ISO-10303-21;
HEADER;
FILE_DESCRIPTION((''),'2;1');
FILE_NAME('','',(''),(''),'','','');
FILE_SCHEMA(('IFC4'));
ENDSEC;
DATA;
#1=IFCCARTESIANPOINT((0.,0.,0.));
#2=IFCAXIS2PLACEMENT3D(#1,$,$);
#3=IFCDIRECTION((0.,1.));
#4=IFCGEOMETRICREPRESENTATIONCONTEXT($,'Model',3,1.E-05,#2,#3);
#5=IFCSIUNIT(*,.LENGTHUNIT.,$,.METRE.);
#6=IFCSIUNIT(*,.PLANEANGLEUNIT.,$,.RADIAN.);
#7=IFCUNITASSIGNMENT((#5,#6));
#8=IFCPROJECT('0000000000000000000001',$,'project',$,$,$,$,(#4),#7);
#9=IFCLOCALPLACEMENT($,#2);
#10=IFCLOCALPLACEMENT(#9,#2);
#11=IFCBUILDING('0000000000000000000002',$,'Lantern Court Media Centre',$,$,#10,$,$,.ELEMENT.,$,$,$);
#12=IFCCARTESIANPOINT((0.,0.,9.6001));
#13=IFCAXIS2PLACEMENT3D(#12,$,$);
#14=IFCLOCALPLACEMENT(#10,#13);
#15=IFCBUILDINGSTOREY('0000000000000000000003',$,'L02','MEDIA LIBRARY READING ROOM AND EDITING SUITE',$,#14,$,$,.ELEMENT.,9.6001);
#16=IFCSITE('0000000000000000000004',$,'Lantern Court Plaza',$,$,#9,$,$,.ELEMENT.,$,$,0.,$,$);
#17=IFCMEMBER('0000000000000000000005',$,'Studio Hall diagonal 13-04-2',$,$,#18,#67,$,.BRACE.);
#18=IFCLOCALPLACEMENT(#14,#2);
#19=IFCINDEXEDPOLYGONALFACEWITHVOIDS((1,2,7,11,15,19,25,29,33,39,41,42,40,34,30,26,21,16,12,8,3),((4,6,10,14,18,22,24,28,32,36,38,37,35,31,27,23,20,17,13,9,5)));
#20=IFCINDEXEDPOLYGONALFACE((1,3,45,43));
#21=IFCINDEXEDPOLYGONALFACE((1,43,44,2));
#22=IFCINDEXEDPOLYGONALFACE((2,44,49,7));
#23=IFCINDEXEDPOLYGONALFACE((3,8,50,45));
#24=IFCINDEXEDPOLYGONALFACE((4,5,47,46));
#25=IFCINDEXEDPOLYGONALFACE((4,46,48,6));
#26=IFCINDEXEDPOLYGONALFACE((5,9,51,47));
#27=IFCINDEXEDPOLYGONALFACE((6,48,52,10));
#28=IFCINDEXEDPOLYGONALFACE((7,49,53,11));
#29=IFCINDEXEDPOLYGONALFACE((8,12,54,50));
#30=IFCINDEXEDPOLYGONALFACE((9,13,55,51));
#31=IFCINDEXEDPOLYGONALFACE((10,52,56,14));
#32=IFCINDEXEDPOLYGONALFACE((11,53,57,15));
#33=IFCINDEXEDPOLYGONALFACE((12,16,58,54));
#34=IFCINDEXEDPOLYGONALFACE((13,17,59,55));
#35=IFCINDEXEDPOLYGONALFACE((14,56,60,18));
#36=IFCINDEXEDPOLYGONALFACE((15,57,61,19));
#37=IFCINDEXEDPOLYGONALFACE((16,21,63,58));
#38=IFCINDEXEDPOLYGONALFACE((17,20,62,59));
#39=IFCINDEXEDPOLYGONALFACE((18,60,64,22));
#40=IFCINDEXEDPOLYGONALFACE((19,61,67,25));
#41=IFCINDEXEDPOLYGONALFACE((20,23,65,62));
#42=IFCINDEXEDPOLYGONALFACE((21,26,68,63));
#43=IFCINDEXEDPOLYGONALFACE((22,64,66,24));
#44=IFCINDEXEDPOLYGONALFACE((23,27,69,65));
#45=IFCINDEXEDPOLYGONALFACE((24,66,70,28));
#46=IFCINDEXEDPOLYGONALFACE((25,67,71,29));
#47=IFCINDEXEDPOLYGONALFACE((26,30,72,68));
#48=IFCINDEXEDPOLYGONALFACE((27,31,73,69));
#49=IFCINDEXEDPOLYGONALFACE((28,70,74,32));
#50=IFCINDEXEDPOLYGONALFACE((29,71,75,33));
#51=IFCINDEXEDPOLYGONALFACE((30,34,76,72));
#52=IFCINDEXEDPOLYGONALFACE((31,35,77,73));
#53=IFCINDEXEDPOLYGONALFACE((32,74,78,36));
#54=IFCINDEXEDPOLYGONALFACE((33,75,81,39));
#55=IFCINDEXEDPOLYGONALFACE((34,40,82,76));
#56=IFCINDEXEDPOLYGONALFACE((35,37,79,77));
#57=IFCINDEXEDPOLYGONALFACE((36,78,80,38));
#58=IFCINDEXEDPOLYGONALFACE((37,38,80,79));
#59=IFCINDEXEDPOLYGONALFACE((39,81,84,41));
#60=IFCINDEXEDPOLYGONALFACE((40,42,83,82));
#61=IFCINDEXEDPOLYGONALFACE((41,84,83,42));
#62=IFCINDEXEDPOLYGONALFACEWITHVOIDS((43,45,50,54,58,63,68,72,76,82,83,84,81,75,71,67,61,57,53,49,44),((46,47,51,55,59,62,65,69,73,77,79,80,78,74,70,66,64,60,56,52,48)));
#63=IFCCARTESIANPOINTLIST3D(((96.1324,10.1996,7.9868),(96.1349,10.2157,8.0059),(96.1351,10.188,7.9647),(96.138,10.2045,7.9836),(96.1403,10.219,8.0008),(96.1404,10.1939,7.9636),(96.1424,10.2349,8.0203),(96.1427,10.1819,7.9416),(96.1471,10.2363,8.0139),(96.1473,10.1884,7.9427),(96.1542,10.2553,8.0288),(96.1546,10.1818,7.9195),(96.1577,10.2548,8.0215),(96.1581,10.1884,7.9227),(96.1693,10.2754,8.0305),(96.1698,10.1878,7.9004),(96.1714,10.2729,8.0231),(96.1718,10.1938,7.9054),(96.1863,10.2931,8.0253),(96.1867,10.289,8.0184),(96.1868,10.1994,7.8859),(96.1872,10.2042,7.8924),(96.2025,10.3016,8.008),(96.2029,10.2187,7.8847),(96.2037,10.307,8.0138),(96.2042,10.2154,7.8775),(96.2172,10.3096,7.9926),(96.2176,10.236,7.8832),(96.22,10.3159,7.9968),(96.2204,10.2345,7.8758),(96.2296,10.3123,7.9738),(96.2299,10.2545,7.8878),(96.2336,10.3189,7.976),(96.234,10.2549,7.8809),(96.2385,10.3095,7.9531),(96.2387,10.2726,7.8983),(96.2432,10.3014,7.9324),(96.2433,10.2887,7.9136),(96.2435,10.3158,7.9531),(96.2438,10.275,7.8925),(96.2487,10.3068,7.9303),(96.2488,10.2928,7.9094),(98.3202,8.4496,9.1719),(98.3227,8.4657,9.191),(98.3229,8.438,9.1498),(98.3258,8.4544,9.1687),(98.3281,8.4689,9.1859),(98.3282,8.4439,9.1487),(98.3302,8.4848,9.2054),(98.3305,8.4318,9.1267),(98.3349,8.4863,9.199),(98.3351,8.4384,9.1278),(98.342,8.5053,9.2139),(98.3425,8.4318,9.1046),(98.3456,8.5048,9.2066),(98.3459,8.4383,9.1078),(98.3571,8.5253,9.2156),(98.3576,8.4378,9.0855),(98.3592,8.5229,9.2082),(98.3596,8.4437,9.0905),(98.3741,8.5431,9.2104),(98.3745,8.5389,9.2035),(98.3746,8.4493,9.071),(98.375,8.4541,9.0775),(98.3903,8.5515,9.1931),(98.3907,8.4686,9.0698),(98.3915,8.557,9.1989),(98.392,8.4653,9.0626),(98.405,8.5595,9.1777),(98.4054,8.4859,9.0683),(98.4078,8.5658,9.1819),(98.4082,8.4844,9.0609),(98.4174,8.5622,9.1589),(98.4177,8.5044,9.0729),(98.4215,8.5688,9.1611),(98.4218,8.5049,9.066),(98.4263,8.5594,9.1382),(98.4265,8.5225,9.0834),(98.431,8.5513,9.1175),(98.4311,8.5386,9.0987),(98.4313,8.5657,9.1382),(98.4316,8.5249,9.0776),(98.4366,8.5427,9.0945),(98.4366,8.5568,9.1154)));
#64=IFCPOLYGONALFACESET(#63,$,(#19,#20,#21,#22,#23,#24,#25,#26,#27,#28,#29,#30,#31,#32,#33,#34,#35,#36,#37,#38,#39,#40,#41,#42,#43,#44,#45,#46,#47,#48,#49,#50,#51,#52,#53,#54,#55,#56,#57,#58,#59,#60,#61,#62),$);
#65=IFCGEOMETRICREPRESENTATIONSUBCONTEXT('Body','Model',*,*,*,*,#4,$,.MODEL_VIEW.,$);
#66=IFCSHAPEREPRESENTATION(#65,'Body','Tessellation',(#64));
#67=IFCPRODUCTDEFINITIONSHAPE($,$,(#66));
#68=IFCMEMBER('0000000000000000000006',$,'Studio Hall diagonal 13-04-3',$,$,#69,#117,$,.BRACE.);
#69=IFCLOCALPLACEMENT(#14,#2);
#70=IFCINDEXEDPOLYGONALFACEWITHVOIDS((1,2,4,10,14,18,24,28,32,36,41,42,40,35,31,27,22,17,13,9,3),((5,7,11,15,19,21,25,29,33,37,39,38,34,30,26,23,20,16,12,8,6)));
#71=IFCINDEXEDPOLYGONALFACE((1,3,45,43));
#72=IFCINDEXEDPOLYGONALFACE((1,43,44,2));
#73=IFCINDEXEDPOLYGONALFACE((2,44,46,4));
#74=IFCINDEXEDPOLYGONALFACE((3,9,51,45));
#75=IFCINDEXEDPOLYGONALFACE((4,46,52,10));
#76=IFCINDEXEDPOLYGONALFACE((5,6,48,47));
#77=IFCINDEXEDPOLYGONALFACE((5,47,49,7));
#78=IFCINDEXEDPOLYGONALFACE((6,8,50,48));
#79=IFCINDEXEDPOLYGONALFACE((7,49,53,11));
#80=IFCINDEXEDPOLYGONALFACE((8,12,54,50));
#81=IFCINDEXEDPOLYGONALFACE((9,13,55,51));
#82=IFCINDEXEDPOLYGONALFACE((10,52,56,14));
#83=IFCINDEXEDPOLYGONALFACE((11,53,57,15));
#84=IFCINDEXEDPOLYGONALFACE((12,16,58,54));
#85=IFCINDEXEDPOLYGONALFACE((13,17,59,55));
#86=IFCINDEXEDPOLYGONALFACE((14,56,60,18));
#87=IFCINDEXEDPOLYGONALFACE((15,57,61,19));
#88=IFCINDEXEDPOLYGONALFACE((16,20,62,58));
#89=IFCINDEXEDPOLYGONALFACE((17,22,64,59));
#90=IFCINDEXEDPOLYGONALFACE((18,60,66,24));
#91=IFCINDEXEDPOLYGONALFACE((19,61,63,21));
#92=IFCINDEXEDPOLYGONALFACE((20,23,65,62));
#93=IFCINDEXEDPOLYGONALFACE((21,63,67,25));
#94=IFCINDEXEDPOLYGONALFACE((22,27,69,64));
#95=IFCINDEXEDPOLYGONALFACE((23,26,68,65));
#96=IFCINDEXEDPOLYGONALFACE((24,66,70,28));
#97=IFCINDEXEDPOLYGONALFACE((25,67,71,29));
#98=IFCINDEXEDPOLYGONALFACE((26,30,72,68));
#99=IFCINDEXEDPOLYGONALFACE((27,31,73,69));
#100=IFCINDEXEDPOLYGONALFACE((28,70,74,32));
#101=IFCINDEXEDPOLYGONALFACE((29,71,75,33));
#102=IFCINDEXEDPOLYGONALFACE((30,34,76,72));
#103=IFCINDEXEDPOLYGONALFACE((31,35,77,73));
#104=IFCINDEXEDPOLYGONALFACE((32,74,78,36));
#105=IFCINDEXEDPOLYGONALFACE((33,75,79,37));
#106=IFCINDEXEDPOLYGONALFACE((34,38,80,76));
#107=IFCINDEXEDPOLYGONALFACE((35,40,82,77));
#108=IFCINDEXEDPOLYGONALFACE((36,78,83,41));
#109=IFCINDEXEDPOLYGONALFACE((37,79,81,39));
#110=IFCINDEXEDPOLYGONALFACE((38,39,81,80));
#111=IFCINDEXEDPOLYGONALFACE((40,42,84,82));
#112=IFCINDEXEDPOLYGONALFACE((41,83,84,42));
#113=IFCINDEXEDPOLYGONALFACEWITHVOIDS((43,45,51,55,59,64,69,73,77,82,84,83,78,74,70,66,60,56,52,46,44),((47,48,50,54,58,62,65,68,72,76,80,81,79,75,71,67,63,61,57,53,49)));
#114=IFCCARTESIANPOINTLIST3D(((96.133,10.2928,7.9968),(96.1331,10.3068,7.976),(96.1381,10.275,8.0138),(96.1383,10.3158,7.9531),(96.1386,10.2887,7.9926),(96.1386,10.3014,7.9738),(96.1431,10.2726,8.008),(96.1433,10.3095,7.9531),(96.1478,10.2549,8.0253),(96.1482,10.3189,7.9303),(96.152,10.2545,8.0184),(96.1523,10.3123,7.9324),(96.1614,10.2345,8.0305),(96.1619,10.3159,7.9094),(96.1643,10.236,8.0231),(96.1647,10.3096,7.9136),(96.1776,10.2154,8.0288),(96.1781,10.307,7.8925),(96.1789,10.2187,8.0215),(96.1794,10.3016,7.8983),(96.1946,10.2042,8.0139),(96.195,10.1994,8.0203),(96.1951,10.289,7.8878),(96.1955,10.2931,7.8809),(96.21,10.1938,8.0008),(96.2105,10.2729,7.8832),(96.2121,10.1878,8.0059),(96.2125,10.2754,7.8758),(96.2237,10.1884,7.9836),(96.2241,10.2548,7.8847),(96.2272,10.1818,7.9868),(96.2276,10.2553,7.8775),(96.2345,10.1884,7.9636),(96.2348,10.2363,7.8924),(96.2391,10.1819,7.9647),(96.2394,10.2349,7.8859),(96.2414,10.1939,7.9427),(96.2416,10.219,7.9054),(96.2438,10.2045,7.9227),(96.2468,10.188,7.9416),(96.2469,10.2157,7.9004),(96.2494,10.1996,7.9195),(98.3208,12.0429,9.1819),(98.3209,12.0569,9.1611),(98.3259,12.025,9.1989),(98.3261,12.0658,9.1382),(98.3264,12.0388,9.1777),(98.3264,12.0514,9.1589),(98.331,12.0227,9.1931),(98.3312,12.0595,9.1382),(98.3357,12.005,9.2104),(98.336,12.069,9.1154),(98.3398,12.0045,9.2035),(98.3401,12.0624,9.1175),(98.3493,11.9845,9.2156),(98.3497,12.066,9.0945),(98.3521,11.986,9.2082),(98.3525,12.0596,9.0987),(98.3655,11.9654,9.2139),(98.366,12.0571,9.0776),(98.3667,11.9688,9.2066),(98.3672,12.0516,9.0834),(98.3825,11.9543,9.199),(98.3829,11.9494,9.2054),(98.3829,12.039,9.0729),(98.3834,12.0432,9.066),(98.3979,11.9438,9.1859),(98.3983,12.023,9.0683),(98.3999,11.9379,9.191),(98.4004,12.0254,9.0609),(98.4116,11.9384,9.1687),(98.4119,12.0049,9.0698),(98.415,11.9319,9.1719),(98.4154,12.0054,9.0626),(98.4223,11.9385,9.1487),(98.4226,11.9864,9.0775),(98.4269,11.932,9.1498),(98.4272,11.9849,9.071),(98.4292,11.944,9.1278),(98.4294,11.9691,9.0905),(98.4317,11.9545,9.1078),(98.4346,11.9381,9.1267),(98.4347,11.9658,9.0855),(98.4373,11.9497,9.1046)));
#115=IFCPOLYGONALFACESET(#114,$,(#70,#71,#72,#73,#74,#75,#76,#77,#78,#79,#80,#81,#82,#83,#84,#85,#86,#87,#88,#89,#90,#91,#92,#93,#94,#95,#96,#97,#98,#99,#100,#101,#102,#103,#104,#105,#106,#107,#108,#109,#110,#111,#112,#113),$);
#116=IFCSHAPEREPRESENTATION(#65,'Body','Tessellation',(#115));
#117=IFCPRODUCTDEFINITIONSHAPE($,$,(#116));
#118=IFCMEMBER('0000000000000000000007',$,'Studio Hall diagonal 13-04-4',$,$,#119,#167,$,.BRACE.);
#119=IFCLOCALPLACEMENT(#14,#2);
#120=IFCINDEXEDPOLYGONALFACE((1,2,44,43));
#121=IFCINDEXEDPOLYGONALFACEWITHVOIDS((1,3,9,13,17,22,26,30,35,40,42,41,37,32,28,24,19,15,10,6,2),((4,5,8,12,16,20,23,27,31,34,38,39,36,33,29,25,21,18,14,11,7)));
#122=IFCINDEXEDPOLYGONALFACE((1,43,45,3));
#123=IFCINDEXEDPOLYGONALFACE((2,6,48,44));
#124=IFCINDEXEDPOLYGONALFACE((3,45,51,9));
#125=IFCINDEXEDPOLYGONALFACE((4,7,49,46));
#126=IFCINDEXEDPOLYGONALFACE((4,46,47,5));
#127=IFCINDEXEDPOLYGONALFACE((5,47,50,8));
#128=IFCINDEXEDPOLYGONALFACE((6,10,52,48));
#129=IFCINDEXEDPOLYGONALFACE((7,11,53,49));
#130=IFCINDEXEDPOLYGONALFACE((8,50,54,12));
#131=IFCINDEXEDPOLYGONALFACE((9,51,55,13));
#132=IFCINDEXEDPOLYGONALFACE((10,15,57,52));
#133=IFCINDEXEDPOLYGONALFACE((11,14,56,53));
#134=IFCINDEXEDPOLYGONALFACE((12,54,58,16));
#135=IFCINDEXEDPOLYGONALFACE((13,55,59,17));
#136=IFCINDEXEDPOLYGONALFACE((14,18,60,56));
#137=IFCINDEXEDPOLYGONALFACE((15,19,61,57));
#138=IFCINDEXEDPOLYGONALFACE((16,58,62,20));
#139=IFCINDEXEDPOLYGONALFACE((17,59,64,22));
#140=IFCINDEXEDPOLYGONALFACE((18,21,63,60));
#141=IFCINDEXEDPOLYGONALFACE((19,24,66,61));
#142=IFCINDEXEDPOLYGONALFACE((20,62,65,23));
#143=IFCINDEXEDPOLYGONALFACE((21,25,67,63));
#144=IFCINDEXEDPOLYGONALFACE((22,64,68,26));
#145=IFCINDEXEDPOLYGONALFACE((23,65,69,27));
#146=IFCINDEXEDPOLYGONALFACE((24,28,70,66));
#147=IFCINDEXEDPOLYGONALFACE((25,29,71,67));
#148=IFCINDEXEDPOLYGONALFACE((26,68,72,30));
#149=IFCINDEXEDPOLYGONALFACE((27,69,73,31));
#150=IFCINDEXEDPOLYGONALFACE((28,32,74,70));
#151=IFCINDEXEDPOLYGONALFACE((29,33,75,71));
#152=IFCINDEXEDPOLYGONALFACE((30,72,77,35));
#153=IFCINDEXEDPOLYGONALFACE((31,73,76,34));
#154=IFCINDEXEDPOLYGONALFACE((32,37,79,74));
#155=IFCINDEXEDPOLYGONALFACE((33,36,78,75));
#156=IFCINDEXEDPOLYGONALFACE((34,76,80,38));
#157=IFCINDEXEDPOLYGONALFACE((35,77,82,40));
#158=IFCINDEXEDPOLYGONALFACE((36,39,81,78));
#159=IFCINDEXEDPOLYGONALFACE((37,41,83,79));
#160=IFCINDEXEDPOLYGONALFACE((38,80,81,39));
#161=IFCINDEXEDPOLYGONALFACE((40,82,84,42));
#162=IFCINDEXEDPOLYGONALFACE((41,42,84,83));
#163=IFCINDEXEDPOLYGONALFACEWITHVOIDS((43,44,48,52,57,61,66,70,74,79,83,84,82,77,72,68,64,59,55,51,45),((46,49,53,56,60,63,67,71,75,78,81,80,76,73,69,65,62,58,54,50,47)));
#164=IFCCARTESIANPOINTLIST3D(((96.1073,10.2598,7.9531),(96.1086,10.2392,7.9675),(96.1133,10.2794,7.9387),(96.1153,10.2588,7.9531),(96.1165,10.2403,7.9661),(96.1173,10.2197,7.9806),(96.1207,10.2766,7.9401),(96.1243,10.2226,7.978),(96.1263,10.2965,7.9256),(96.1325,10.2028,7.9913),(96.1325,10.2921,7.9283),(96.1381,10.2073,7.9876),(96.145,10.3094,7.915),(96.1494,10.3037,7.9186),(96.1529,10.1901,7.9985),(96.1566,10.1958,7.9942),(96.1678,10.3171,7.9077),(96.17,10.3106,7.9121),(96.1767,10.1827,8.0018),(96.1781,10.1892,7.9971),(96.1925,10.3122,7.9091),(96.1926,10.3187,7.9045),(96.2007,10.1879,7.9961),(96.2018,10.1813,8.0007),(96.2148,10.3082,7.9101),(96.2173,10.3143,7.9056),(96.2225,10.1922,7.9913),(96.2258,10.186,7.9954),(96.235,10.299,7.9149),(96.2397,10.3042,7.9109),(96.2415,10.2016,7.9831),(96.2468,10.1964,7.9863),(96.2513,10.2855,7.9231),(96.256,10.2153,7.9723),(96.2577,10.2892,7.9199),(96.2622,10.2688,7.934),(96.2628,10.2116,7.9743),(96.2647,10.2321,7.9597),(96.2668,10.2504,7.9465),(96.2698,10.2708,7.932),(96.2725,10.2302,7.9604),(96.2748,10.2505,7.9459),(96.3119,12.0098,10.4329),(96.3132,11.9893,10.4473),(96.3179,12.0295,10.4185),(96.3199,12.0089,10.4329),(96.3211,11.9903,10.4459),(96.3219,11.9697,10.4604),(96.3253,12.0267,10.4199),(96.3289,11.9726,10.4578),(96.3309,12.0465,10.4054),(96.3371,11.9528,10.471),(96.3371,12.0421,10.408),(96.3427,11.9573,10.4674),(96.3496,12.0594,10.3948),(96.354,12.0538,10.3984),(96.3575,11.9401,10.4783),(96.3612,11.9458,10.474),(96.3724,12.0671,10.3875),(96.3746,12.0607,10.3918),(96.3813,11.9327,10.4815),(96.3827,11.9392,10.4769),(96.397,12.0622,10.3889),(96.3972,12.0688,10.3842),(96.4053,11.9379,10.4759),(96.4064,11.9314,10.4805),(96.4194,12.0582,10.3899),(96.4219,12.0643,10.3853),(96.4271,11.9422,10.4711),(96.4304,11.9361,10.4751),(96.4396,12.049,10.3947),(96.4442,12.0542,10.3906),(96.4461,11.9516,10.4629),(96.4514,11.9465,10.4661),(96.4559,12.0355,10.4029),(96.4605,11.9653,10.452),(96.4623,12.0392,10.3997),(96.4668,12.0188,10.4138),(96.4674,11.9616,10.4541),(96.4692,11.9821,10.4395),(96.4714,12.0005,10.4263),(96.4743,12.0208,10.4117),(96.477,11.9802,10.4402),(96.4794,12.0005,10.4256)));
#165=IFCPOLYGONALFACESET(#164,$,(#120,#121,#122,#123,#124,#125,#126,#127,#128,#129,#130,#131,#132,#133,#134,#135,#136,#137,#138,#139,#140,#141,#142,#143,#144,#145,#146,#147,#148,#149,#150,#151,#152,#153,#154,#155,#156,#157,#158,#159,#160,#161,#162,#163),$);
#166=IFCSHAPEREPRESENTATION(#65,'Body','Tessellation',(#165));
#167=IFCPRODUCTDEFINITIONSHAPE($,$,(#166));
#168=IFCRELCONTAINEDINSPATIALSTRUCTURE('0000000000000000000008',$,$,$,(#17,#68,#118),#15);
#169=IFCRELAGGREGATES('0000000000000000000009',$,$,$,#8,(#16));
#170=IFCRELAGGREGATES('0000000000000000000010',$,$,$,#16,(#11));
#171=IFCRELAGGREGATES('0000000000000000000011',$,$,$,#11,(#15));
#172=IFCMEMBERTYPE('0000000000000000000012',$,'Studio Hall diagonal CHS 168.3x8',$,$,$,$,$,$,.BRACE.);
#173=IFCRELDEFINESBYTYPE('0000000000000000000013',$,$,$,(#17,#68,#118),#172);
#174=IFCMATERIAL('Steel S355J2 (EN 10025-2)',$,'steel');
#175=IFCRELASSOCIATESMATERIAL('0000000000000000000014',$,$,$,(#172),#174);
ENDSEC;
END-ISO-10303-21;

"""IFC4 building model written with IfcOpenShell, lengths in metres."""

from ifc_helpers import new_model, si_unit, direction, frame, origin, origin_2d, place, context, subcontext, project, spatial, hollow_circle, extrude, material, material_profile, profile_set, type_object, element, save


model = new_model("IFC4")

# Units and contexts
model_context = context("Model", 3, precision=1e-05, world=origin(), true_north=direction((0.0, 1.0)))
body_context = subcontext(model_context, "Body", "Model", "MODEL_VIEW")
ifc_project = project(units=[si_unit("LENGTHUNIT", "METRE"), si_unit("PLANEANGLEUNIT", "RADIAN")], contexts=[model_context])

# Site, building, storey
site_placement = place(None, origin())
site = spatial("IfcSite", under=ifc_project, at=site_placement, Name="Lantern Court Plaza", CompositionType="ELEMENT", RefElevation=0.0)
building_placement = place(site_placement, origin())
building = spatial("IfcBuilding", under=site, at=building_placement, Name="Lantern Court Media Centre", CompositionType="ELEMENT")
storey_placement = place(building_placement, frame((0.0, 0.0, 9.6001)))
storey = spatial("IfcBuildingStorey", under=building, at=storey_placement, Name="L02", Description="MEDIA LIBRARY READING ROOM AND EDITING SUITE", CompositionType="ELEMENT", Elevation=9.6001)

# Members
ifc_material = material(Name="Steel S355J2 (EN 10025-2)", Category="steel")
ifc_material_profile_1 = material_profile(ifc_material, hollow_circle(Radius=0.0842, WallThickness=0.0081, at=origin_2d()), Name="Studio Hall diagonal CHS 168.3x8")
ifc_profile_set_1 = profile_set([ifc_material_profile_1], Name="Steel S355J2 (EN 10025-2)")
member_type_1 = type_object("IfcMemberType", Name="Studio Hall diagonal CHS 168.3x8", PredefinedType="BRACE", material=ifc_profile_set_1)
for number, where, z_axis, x_axis, name in (
    (1, (96.1909, 10.25, 7.9531), (0.719206, -0.5753, 0.38958), (0.624653, 0.780903, 0.0), "Studio Hall diagonal 13-04-2"),
    (2, (96.1909, 10.25, 7.9531), (0.719206, 0.5753, 0.38958), (-0.624653, 0.780903, 0.0), "Studio Hall diagonal 13-04-3"),
    (3, (96.1909, 10.25, 7.9531), (0.067256, 0.575289, 0.81518), (-0.993235, 0.116118, 0.0), "Studio Hall diagonal 13-04-4"),
):
    element("IfcMember", number, at=place(storey_placement, frame(where, z_axis=z_axis, x_axis=x_axis)), inside=storey, type_object=member_type_1, Name=name, PredefinedType="BRACE", context=body_context, shape_type="SweptSolid", body=[
        extrude(hollow_circle(Radius=0.0842, WallThickness=0.0081, at=origin_2d()), origin(), (0.0, 0.0, 1.0), 3.042),
    ])

save(model, "model.ifc")
